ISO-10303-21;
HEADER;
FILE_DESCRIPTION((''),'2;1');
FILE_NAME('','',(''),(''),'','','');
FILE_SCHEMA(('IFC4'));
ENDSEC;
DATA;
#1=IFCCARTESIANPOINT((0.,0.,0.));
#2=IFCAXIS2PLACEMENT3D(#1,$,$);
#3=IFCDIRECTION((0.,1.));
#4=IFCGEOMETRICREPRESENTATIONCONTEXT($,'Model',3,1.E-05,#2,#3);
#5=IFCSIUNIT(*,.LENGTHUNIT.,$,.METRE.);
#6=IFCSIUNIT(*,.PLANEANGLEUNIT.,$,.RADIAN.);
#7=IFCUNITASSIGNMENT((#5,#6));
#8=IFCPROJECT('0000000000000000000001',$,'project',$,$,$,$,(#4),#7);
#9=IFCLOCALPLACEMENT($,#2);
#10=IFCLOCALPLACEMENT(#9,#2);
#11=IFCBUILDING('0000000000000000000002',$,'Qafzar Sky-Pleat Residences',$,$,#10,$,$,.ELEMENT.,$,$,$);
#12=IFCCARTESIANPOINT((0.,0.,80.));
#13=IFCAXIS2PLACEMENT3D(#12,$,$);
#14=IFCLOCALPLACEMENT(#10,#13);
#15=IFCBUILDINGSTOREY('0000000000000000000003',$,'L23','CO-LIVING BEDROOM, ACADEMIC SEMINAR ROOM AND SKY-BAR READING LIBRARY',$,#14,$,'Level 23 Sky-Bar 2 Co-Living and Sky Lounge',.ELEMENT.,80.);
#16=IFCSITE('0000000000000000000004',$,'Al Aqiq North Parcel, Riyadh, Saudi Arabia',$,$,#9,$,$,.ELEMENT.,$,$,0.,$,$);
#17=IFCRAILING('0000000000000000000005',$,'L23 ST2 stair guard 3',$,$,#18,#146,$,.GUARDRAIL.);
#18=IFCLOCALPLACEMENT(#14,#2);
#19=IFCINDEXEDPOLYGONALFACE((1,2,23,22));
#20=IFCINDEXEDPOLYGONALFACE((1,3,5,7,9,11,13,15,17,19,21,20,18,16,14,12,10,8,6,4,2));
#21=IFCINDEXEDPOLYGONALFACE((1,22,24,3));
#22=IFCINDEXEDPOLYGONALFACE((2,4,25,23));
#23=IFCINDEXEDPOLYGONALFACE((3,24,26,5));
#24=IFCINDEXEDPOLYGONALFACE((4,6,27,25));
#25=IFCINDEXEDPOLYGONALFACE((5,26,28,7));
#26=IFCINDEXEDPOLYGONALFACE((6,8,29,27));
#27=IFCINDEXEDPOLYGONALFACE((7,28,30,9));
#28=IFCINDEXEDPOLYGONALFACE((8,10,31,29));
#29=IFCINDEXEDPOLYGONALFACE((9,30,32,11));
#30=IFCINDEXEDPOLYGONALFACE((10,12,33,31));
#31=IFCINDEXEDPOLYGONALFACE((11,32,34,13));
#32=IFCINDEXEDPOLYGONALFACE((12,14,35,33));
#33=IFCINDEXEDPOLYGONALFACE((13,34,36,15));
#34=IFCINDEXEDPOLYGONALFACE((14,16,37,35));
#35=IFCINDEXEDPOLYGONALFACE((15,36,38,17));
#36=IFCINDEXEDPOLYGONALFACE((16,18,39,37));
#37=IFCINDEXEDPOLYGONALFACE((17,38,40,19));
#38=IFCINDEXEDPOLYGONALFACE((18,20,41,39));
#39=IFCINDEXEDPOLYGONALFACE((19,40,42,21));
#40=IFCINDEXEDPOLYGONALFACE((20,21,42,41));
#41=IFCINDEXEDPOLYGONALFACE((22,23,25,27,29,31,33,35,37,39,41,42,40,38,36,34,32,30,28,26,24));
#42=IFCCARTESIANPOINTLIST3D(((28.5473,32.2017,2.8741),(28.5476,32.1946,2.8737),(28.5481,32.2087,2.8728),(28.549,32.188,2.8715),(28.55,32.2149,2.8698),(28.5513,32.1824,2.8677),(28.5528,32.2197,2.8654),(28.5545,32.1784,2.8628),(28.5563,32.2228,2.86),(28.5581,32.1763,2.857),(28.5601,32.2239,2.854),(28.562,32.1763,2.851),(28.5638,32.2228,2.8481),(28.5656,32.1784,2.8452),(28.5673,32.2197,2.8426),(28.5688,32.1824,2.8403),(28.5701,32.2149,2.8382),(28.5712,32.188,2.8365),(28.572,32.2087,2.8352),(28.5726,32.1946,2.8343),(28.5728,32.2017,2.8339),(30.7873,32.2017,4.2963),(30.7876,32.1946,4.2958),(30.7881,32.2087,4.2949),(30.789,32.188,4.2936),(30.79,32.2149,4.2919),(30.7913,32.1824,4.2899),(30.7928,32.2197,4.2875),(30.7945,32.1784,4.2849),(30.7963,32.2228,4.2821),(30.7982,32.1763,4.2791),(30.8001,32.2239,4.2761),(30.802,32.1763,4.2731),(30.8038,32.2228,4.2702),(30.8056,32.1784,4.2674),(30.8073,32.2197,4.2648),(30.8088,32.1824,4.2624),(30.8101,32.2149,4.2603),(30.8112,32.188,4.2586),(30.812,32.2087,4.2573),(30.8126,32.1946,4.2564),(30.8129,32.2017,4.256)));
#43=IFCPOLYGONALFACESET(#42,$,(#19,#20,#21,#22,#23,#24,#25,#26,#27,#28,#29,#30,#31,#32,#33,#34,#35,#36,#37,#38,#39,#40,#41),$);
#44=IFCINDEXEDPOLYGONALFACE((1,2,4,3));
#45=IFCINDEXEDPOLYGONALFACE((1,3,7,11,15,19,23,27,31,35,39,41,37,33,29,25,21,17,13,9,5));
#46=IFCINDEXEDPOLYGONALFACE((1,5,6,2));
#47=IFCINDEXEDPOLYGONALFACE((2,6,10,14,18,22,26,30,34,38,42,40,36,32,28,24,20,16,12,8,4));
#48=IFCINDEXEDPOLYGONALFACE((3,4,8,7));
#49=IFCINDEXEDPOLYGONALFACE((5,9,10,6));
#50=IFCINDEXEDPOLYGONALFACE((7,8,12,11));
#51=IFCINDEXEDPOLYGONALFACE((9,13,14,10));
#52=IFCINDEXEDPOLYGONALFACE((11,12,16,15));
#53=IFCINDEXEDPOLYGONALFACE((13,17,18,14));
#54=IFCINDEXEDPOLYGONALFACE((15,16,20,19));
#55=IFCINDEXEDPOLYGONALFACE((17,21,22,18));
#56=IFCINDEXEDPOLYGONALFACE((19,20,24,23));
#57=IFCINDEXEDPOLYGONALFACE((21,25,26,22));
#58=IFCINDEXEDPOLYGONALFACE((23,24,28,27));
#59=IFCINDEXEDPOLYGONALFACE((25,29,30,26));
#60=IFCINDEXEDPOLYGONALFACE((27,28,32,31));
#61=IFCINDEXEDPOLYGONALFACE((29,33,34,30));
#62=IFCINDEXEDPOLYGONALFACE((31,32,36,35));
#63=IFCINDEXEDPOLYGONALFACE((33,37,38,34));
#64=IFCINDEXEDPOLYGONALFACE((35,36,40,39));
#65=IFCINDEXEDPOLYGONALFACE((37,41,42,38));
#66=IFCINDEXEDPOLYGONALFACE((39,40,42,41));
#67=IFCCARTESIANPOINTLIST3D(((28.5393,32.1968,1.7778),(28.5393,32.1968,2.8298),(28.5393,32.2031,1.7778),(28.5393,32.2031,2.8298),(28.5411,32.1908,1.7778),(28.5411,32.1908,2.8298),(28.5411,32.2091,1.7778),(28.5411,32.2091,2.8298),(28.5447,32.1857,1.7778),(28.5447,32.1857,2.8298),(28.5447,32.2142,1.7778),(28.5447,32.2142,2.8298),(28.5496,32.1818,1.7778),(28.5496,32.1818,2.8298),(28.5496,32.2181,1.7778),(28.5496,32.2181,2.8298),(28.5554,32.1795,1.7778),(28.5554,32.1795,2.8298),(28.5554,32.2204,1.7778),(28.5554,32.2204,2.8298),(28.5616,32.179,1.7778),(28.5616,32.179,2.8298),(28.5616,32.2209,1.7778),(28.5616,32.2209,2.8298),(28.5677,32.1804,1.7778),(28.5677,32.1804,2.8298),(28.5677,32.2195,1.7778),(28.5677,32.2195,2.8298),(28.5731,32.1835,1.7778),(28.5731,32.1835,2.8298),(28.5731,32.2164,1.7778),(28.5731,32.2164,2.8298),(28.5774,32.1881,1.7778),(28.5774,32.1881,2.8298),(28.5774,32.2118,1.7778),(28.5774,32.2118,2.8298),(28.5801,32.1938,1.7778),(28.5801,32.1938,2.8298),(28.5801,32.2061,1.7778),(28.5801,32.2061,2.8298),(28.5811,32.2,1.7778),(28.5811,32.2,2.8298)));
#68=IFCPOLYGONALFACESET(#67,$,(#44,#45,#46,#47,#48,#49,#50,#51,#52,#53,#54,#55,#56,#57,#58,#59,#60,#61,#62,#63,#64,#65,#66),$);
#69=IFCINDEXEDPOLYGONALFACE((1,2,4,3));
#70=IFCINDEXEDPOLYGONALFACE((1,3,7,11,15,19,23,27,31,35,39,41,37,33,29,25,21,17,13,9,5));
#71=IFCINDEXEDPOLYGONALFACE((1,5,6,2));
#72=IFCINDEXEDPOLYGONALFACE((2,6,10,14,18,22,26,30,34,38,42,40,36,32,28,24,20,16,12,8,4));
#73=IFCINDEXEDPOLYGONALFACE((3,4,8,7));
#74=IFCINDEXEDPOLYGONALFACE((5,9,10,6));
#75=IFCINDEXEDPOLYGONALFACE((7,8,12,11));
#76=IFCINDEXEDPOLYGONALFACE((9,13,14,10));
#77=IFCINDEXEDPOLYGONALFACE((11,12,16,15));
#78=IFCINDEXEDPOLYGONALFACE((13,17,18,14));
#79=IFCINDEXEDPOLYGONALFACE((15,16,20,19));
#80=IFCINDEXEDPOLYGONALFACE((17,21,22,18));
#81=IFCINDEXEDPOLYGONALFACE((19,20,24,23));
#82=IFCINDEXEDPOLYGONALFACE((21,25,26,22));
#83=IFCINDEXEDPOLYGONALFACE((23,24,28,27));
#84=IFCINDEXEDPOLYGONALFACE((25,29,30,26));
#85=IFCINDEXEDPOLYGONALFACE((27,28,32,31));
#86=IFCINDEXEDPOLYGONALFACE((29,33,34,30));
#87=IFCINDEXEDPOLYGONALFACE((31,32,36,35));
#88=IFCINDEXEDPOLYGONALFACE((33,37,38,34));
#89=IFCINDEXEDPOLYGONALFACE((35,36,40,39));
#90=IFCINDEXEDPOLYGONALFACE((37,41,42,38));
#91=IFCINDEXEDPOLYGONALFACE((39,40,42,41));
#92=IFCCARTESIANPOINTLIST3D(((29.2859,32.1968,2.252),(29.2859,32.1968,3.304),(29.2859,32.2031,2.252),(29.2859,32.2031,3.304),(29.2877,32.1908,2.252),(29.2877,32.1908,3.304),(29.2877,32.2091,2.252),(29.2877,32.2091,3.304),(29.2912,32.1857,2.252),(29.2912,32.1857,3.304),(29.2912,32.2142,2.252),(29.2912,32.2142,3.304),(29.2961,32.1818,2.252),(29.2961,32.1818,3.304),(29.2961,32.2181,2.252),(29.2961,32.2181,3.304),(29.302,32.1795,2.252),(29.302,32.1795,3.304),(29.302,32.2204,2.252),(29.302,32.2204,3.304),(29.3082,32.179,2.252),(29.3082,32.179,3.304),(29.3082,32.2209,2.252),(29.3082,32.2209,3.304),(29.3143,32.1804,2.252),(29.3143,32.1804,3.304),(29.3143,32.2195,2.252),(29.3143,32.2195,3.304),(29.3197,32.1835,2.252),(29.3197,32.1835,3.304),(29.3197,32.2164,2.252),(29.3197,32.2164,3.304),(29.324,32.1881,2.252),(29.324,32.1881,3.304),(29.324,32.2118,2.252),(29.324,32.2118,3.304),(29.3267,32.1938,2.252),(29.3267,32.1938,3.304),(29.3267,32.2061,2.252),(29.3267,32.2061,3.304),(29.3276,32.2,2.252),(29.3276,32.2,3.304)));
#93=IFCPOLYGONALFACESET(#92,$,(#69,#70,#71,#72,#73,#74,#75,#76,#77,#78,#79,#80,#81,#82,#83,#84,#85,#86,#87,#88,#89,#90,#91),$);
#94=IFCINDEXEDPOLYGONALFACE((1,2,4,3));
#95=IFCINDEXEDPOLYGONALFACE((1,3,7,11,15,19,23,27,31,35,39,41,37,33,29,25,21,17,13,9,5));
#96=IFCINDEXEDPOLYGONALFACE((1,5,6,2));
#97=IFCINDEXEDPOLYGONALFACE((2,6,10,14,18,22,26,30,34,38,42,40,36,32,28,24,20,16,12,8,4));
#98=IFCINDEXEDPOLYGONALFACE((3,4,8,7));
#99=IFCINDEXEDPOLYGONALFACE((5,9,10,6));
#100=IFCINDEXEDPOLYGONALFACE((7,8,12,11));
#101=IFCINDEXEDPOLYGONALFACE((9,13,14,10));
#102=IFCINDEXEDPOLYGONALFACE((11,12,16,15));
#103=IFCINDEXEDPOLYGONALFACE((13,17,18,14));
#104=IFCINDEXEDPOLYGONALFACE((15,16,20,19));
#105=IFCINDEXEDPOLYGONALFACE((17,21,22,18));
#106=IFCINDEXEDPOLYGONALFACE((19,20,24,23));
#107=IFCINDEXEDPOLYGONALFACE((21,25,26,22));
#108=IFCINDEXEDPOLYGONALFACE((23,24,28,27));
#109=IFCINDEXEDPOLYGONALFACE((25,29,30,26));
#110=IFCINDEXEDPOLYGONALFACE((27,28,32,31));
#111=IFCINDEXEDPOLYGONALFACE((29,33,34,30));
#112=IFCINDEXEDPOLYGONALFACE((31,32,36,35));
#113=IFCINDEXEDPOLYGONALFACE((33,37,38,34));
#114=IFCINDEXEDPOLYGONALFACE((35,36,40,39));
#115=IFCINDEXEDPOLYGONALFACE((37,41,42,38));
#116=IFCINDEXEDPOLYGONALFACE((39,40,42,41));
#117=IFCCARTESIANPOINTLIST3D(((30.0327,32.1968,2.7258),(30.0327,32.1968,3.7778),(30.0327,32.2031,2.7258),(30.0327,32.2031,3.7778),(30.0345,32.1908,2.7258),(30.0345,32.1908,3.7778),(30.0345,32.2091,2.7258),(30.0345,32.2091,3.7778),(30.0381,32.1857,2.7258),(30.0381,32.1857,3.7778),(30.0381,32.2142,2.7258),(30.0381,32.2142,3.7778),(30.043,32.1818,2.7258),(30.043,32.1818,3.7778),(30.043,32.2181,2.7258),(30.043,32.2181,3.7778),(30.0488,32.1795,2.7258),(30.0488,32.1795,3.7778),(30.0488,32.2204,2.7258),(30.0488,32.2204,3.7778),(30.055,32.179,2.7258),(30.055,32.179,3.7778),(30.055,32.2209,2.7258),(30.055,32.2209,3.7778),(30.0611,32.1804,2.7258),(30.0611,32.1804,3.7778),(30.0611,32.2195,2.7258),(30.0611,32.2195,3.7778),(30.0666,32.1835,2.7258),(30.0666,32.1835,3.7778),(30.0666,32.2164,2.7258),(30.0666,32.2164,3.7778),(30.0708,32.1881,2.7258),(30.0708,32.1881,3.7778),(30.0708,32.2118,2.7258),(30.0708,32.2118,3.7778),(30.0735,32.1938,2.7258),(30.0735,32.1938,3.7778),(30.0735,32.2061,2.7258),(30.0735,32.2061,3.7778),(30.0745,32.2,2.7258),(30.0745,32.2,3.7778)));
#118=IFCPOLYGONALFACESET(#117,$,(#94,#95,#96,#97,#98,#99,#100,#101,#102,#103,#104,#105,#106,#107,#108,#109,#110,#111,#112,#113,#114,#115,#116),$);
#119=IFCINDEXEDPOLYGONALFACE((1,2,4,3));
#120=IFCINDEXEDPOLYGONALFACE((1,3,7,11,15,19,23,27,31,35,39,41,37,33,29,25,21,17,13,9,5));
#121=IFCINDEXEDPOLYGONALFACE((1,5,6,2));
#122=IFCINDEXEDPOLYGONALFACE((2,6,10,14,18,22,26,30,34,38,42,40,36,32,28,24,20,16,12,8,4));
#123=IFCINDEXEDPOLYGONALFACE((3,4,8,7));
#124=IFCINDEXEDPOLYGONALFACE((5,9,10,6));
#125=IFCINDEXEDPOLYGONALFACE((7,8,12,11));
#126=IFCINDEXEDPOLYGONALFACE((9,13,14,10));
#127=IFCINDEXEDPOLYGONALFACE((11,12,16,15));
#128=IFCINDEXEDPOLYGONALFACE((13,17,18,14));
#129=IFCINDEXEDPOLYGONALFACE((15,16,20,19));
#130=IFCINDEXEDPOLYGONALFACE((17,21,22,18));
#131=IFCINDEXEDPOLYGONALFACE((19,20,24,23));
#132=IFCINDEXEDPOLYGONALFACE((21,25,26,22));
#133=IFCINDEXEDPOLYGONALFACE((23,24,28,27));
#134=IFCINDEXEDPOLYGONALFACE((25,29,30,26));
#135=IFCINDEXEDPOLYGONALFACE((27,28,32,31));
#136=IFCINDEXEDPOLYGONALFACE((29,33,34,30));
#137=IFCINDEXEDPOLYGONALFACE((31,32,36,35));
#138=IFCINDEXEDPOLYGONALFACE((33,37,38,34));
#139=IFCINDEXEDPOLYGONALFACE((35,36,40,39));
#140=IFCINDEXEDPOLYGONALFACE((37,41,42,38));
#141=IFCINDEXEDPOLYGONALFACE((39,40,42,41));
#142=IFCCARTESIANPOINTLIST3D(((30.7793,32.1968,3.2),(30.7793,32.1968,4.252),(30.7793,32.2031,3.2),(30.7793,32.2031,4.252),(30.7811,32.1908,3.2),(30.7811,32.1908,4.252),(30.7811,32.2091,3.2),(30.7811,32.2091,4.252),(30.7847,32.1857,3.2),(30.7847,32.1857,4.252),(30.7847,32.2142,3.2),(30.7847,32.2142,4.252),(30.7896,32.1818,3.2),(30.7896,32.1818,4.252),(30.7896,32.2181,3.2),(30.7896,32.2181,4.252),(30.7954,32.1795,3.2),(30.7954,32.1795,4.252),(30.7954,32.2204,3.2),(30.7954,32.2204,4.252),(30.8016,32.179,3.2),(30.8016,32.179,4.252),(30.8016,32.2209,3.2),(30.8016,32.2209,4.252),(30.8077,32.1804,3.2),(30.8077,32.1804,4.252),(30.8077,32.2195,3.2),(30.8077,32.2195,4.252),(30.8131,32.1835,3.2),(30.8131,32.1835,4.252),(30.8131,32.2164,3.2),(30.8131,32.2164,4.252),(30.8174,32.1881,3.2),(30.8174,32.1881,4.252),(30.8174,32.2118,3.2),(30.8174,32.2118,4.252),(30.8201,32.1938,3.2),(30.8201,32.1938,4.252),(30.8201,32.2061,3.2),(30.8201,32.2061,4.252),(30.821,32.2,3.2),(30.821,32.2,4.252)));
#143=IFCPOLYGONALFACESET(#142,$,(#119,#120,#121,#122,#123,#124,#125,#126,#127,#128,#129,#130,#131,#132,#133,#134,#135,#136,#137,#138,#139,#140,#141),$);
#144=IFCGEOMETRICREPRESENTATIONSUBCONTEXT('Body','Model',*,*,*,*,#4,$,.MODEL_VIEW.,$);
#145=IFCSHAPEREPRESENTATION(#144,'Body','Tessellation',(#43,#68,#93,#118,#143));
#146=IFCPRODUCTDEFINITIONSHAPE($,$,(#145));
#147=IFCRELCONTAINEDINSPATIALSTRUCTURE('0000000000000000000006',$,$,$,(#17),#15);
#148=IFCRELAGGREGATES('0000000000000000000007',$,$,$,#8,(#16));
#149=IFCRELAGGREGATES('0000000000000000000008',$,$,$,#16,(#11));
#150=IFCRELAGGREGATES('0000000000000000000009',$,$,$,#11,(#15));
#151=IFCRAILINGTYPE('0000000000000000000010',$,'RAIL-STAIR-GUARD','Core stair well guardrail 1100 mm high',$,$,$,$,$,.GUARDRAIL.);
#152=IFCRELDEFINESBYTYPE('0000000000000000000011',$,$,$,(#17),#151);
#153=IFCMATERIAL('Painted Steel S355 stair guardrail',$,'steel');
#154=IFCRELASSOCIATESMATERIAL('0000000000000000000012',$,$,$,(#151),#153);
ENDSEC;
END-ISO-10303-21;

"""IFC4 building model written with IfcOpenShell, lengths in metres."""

from ifc_helpers import new_model, si_unit, direction, frame, origin, origin_2d, place, context, subcontext, project, spatial, circle, extrude, source, transform, mapped, material, type_object, element, save


model = new_model("IFC4")

# Units and contexts
model_context = context("Model", 3, precision=1e-05, world=origin(), true_north=direction((0.0, 1.0)))
body_context = subcontext(model_context, "Body", "Model", "MODEL_VIEW")
ifc_project = project(units=[si_unit("LENGTHUNIT", "METRE"), si_unit("PLANEANGLEUNIT", "RADIAN")], contexts=[model_context])

# Site, building, storey
site_placement = place(None, origin())
site = spatial("IfcSite", under=ifc_project, at=site_placement, Name="Al Aqiq North Parcel, Riyadh, Saudi Arabia", CompositionType="ELEMENT", RefElevation=0.0)
building_placement = place(site_placement, origin())
building = spatial("IfcBuilding", under=site, at=building_placement, Name="Qafzar Sky-Pleat Residences", CompositionType="ELEMENT")
storey_placement = place(building_placement, frame((0.0, 0.0, 80.0)))
storey = spatial("IfcBuildingStorey", under=building, at=storey_placement, Name="L23", Description="CO-LIVING BEDROOM, ACADEMIC SEMINAR ROOM AND SKY-BAR READING LIBRARY", LongName="Level 23 Sky-Bar 2 Co-Living and Sky Lounge", CompositionType="ELEMENT", Elevation=80.0)

# Railing
ifc_material_1 = material(Name="Painted Steel S355 stair guardrail", Category="steel")
railing_type_1 = type_object("IfcRailingType", Name="RAIL-STAIR-GUARD", Description="Core stair well guardrail 1100 mm high", PredefinedType="GUARDRAIL", material=ifc_material_1)
shared_shape_1 = source(origin(), body_context, "Body", "SweptSolid", [
    extrude(circle(Radius=0.0239, at=origin_2d()), frame((0.0, 0.0, 1.0762), z_axis=(0.844229, 0.0, 0.535982), x_axis=(0.0, 1.0, 0.0)), (0.0, 0.0, 1.0), 2.6533),
    extrude(circle(Radius=0.021, at=origin_2d()), origin(), (0.0, 0.0, 1.0), 1.052),
    extrude(circle(Radius=0.021, at=origin_2d()), frame((0.7466, 0.0, 0.4741)), (0.0, 0.0, 1.0), 1.052),
    extrude(circle(Radius=0.021, at=origin_2d()), frame((1.4934, 0.0, 0.948)), (0.0, 0.0, 1.0), 1.052),
    extrude(circle(Radius=0.021, at=origin_2d()), frame((2.24, 0.0, 1.4221)), (0.0, 0.0, 1.0), 1.052),
])
railing_1_placement = place(storey_placement, frame((28.5601, 32.2, 1.7778)))
element("IfcRailing", 1, at=railing_1_placement, inside=storey, type_object=railing_type_1, Name="L23 ST2 stair guard 3", PredefinedType="GUARDRAIL", context=body_context, shape_type="MappedRepresentation", body=[
    mapped(shared_shape_1, transform((0.0, 0.0, 0.0), x_axis=(1.0, 0.0, 0.0), y_axis=(0.0, 1.0, 0.0), z_axis=(0.0, 0.0, 1.0), scale=1.0)),
])

save(model, "model.ifc")
